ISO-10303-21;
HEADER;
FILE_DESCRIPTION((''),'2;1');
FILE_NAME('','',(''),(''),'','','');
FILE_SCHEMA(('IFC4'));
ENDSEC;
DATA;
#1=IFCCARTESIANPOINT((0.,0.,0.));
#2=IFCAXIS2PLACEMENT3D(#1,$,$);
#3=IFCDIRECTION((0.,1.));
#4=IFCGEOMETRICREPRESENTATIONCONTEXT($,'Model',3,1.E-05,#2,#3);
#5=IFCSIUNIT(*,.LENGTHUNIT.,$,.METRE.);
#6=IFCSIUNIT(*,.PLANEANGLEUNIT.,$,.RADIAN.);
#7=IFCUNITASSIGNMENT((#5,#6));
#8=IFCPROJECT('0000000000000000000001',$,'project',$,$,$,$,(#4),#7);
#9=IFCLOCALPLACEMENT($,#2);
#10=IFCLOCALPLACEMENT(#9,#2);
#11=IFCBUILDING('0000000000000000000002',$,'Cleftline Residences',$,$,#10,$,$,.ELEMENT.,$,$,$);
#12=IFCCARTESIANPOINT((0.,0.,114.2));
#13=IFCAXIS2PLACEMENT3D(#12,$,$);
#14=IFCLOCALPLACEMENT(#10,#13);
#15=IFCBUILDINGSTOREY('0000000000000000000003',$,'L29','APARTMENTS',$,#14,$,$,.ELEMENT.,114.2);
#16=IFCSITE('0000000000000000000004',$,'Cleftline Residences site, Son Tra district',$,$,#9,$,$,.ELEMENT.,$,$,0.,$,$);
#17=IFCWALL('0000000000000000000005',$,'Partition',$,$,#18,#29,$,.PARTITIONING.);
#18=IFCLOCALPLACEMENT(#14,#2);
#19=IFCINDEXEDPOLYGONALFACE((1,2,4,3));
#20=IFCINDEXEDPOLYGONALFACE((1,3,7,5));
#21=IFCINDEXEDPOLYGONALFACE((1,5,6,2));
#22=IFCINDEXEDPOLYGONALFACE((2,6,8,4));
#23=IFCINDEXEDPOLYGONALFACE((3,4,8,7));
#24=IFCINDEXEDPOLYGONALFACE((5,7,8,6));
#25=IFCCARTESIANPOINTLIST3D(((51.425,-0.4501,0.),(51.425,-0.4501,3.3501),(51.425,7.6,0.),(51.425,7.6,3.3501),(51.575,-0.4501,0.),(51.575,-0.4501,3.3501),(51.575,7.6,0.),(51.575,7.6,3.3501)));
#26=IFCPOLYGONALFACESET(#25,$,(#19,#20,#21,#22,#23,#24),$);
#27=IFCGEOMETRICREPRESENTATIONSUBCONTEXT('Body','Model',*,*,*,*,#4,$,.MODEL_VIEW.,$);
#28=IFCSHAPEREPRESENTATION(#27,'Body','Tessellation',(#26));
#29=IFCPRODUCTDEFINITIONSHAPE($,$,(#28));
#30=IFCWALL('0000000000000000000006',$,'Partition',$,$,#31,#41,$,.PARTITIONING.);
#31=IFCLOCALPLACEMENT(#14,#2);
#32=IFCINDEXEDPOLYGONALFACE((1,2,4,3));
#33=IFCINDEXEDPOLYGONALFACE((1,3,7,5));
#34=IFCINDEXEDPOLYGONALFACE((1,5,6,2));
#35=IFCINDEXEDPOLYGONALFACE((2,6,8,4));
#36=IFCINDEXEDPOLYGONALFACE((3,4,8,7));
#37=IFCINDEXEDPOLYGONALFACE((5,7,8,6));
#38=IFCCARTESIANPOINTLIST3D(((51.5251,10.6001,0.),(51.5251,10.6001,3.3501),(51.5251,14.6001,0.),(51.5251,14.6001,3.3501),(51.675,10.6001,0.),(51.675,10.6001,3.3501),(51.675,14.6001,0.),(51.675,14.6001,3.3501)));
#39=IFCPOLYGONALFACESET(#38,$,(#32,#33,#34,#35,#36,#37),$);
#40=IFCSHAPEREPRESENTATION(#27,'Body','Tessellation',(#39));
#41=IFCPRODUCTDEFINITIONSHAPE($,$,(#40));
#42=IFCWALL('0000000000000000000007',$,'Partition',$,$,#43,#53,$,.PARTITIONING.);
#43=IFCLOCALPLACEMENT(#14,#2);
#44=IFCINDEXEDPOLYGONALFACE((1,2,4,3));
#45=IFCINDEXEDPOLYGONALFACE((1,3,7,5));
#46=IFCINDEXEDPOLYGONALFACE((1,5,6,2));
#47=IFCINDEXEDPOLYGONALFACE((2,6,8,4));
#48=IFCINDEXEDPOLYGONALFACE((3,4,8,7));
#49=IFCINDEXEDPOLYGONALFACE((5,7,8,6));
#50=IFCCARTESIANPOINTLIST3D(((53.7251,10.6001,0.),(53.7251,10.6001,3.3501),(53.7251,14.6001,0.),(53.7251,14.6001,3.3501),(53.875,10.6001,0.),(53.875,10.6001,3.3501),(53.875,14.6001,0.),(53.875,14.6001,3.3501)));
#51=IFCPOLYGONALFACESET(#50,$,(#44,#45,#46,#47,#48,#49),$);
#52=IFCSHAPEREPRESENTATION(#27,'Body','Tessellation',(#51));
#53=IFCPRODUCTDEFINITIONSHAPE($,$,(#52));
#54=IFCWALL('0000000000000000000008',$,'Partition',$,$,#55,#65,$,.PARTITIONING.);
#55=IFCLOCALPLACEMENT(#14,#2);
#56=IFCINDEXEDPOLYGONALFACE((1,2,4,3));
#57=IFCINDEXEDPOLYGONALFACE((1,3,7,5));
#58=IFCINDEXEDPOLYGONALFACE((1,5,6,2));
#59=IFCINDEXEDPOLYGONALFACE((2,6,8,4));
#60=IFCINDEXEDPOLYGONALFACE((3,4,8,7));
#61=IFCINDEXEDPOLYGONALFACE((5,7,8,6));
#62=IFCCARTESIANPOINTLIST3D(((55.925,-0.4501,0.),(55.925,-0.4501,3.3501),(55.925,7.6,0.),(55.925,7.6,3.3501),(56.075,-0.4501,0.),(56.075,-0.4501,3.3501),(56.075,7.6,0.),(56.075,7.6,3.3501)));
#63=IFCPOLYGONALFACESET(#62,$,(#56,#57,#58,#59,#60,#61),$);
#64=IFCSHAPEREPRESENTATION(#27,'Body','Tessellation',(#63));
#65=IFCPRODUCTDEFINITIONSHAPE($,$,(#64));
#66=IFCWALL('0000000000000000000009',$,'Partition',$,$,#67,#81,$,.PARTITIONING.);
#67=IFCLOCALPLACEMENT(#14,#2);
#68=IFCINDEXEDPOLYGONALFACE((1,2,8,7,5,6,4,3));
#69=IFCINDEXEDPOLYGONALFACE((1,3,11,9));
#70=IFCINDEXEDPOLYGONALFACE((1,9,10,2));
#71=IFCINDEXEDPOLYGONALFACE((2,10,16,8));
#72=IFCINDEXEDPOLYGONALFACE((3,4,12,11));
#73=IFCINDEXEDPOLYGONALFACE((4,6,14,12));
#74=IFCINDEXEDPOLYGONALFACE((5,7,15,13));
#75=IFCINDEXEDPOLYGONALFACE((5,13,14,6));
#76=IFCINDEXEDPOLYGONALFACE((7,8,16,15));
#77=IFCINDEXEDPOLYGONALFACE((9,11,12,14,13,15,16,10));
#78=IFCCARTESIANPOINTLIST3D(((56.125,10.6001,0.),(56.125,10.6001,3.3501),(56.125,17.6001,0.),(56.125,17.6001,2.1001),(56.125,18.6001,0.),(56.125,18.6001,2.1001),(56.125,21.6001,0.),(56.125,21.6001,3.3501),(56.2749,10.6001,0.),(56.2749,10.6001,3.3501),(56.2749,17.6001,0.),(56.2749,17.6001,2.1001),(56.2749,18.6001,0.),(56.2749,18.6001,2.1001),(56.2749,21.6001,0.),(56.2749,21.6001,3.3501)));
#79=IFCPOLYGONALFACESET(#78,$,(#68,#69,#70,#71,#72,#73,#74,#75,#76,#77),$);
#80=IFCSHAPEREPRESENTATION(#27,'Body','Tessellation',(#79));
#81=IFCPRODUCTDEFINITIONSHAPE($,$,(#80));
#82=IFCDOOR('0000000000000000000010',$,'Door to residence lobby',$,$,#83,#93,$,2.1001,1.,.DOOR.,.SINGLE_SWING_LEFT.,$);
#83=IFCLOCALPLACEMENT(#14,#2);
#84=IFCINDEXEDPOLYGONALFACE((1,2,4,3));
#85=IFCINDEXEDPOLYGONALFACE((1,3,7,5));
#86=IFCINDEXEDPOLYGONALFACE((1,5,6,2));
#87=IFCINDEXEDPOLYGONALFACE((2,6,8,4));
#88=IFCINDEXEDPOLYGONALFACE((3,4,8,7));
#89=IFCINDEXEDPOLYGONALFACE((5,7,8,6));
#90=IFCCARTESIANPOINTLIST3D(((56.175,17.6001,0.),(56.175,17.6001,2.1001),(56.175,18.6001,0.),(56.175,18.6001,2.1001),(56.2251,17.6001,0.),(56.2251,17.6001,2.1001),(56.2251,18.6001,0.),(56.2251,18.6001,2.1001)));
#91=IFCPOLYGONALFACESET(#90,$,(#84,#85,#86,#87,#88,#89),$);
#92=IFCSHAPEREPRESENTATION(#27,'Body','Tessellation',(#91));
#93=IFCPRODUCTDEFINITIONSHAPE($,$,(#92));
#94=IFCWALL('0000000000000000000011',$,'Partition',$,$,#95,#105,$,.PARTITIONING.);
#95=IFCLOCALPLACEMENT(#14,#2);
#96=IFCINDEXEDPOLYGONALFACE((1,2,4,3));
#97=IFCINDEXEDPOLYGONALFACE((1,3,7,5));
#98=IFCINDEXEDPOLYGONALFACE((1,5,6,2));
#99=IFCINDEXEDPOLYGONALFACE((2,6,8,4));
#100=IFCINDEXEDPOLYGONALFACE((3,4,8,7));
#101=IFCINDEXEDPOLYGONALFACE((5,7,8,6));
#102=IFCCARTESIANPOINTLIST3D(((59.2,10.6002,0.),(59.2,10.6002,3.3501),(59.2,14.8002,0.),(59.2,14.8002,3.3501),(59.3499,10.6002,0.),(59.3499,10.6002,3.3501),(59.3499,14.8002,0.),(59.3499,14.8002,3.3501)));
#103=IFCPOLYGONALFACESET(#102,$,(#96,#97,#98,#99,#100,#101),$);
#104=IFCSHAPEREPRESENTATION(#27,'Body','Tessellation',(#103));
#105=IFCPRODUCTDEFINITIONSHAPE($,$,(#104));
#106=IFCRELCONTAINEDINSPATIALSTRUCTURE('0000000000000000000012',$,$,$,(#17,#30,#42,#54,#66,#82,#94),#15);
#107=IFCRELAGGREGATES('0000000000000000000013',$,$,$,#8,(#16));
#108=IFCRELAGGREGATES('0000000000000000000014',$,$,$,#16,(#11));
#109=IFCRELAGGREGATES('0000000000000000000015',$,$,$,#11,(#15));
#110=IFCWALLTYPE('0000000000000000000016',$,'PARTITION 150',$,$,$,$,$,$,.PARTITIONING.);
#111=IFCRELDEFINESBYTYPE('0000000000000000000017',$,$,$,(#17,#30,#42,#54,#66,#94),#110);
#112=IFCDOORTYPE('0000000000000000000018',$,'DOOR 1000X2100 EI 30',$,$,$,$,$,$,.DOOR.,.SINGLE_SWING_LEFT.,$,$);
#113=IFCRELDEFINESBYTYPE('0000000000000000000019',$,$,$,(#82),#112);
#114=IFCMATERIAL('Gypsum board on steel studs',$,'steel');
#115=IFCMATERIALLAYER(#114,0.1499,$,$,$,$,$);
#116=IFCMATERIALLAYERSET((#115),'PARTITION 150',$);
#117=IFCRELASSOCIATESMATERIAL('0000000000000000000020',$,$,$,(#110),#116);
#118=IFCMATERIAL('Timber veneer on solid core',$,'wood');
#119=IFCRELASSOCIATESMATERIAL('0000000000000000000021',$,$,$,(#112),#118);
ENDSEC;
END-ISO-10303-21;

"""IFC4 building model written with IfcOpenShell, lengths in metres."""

from ifc_helpers import new_model, si_unit, direction, frame, frame_2d, origin, place, context, subcontext, project, spatial, rectangle, extrude, material, layer, layer_set, type_object, element, fill, save


model = new_model("IFC4")

# Units and contexts
model_context = context("Model", 3, precision=1e-05, world=origin(), true_north=direction((0.0, 1.0)))
body_context = subcontext(model_context, "Body", "Model", "MODEL_VIEW")
ifc_project = project(units=[si_unit("LENGTHUNIT", "METRE"), si_unit("PLANEANGLEUNIT", "RADIAN")], contexts=[model_context])

# Site, building, storey
site_placement = place(None, origin())
site = spatial("IfcSite", under=ifc_project, at=site_placement, Name="Cleftline Residences site, Son Tra district", CompositionType="ELEMENT", RefElevation=0.0)
building_placement = place(site_placement, origin())
building = spatial("IfcBuilding", under=site, at=building_placement, Name="Cleftline Residences", CompositionType="ELEMENT")
storey_placement = place(building_placement, frame((0.0, 0.0, 114.2)))
storey = spatial("IfcBuildingStorey", under=building, at=storey_placement, Name="L29", Description="APARTMENTS", CompositionType="ELEMENT", Elevation=114.2)

# Shared definitions
ifc_material_1 = material(Name="Gypsum board on steel studs", Category="steel")
ifc_layer_1 = layer(ifc_material_1, 0.1499)
ifc_layer_set_1 = layer_set([ifc_layer_1], Name="PARTITION 150")
wall_type_1 = type_object("IfcWallType", Name="PARTITION 150", PredefinedType="PARTITIONING", material=ifc_layer_set_1)

# Walls
wall_1_placement = place(storey_placement, frame((51.5, -0.45, 0.0), z_axis=(0.0, 0.0, 1.0), x_axis=(0.0, 1.0, 0.0)))
element("IfcWall", 1, at=wall_1_placement, inside=storey, type_object=wall_type_1, Name="Partition", PredefinedType="PARTITIONING", context=body_context, shape_type="SweptSolid", body=[
    extrude(rectangle(XDim=8.05, YDim=0.1499, at=frame_2d((4.0249, 0.0))), origin(), (0.0, 0.0, 1.0), 3.3501),
])
for number, where, z_axis, x_axis, name in (
    (2, (51.6001, 10.6001, 0.0), (0.0, 0.0, 1.0), (0.0, 1.0, 0.0), "Partition"),
    (3, (53.8, 10.6001, 0.0), (0.0, 0.0, 1.0), (0.0, 1.0, 0.0), "Partition"),
):
    element("IfcWall", number, at=place(storey_placement, frame(where, z_axis=z_axis, x_axis=x_axis)), inside=storey, type_object=wall_type_1, Name=name, PredefinedType="PARTITIONING", context=body_context, shape_type="SweptSolid", body=[
        extrude(rectangle(XDim=4.0, YDim=0.1499, at=frame_2d((2.0, 0.0))), origin(), (0.0, 0.0, 1.0), 3.3501),
    ])
wall_2_placement = place(storey_placement, frame((56.0, -0.45, 0.0), z_axis=(0.0, 0.0, 1.0), x_axis=(0.0, 1.0, 0.0)))
element("IfcWall", 4, at=wall_2_placement, inside=storey, type_object=wall_type_1, Name="Partition", PredefinedType="PARTITIONING", context=body_context, shape_type="SweptSolid", body=[
    extrude(rectangle(XDim=8.05, YDim=0.1499, at=frame_2d((4.0249, 0.0))), origin(), (0.0, 0.0, 1.0), 3.3501),
])

# Wall, opening, door
wall_3_placement = place(storey_placement, frame((56.2, 10.6001, 0.0), z_axis=(0.0, 0.0, 1.0), x_axis=(0.0, 1.0, 0.0)))
wall_3 = element("IfcWall", 5, at=wall_3_placement, inside=storey, type_object=wall_type_1, Name="Partition", PredefinedType="PARTITIONING", context=body_context, shape_type="SweptSolid", body=[
    extrude(rectangle(XDim=11.0, YDim=0.1499, at=frame_2d((5.5, 0.0))), origin(), (0.0, 0.0, 1.0), 3.3501),
])
opening_1_placement = place(wall_3_placement, frame((7.0, 0.0, 0.0)))
opening_1 = element("IfcOpeningElement", 6, at=opening_1_placement, cuts=wall_3, PredefinedType="OPENING", context=body_context, shape_type="SweptSolid", body=[
    extrude(rectangle(XDim=1.0, YDim=2.1001, at=frame_2d((0.5, 1.05))), frame((0.0, 0.085, 0.0), z_axis=(0.0, -1.0, 0.0), x_axis=(1.0, 0.0, 0.0)), (0.0, 0.0, 1.0), 0.1699),
])
ifc_material_2 = material(Name="Timber veneer on solid core", Category="wood")
door_type_1 = type_object("IfcDoorType", Name="DOOR 1000X2100 EI 30", OperationType="SINGLE_SWING_LEFT", PredefinedType="DOOR", material=ifc_material_2)
door_1_placement = place(opening_1_placement, origin())
door_1 = element("IfcDoor", 7, at=door_1_placement, inside=storey, type_object=door_type_1, Name="Door to residence lobby", OperationType="SINGLE_SWING_LEFT", OverallHeight=2.1001, OverallWidth=1.0, PredefinedType="DOOR", context=body_context, shape_type="SweptSolid", body=[
    extrude(rectangle(XDim=1.0, YDim=2.1001, at=frame_2d((0.5, 1.05))), frame((0.0, 0.0249, 0.0), z_axis=(0.0, -1.0, 0.0), x_axis=(1.0, 0.0, 0.0)), (0.0, 0.0, 1.0), 0.05),
])
fill(opening_1, door_1)

# Wall
wall_4_placement = place(storey_placement, frame((59.2749, 10.6001, 0.0), z_axis=(0.0, 0.0, 1.0), x_axis=(0.0, 1.0, 0.0)))
element("IfcWall", 8, at=wall_4_placement, inside=storey, type_object=wall_type_1, Name="Partition", PredefinedType="PARTITIONING", context=body_context, shape_type="SweptSolid", body=[
    extrude(rectangle(XDim=4.2, YDim=0.1499, at=frame_2d((2.1001, 0.0))), origin(), (0.0, 0.0, 1.0), 3.3501),
])

save(model, "model.ifc")
